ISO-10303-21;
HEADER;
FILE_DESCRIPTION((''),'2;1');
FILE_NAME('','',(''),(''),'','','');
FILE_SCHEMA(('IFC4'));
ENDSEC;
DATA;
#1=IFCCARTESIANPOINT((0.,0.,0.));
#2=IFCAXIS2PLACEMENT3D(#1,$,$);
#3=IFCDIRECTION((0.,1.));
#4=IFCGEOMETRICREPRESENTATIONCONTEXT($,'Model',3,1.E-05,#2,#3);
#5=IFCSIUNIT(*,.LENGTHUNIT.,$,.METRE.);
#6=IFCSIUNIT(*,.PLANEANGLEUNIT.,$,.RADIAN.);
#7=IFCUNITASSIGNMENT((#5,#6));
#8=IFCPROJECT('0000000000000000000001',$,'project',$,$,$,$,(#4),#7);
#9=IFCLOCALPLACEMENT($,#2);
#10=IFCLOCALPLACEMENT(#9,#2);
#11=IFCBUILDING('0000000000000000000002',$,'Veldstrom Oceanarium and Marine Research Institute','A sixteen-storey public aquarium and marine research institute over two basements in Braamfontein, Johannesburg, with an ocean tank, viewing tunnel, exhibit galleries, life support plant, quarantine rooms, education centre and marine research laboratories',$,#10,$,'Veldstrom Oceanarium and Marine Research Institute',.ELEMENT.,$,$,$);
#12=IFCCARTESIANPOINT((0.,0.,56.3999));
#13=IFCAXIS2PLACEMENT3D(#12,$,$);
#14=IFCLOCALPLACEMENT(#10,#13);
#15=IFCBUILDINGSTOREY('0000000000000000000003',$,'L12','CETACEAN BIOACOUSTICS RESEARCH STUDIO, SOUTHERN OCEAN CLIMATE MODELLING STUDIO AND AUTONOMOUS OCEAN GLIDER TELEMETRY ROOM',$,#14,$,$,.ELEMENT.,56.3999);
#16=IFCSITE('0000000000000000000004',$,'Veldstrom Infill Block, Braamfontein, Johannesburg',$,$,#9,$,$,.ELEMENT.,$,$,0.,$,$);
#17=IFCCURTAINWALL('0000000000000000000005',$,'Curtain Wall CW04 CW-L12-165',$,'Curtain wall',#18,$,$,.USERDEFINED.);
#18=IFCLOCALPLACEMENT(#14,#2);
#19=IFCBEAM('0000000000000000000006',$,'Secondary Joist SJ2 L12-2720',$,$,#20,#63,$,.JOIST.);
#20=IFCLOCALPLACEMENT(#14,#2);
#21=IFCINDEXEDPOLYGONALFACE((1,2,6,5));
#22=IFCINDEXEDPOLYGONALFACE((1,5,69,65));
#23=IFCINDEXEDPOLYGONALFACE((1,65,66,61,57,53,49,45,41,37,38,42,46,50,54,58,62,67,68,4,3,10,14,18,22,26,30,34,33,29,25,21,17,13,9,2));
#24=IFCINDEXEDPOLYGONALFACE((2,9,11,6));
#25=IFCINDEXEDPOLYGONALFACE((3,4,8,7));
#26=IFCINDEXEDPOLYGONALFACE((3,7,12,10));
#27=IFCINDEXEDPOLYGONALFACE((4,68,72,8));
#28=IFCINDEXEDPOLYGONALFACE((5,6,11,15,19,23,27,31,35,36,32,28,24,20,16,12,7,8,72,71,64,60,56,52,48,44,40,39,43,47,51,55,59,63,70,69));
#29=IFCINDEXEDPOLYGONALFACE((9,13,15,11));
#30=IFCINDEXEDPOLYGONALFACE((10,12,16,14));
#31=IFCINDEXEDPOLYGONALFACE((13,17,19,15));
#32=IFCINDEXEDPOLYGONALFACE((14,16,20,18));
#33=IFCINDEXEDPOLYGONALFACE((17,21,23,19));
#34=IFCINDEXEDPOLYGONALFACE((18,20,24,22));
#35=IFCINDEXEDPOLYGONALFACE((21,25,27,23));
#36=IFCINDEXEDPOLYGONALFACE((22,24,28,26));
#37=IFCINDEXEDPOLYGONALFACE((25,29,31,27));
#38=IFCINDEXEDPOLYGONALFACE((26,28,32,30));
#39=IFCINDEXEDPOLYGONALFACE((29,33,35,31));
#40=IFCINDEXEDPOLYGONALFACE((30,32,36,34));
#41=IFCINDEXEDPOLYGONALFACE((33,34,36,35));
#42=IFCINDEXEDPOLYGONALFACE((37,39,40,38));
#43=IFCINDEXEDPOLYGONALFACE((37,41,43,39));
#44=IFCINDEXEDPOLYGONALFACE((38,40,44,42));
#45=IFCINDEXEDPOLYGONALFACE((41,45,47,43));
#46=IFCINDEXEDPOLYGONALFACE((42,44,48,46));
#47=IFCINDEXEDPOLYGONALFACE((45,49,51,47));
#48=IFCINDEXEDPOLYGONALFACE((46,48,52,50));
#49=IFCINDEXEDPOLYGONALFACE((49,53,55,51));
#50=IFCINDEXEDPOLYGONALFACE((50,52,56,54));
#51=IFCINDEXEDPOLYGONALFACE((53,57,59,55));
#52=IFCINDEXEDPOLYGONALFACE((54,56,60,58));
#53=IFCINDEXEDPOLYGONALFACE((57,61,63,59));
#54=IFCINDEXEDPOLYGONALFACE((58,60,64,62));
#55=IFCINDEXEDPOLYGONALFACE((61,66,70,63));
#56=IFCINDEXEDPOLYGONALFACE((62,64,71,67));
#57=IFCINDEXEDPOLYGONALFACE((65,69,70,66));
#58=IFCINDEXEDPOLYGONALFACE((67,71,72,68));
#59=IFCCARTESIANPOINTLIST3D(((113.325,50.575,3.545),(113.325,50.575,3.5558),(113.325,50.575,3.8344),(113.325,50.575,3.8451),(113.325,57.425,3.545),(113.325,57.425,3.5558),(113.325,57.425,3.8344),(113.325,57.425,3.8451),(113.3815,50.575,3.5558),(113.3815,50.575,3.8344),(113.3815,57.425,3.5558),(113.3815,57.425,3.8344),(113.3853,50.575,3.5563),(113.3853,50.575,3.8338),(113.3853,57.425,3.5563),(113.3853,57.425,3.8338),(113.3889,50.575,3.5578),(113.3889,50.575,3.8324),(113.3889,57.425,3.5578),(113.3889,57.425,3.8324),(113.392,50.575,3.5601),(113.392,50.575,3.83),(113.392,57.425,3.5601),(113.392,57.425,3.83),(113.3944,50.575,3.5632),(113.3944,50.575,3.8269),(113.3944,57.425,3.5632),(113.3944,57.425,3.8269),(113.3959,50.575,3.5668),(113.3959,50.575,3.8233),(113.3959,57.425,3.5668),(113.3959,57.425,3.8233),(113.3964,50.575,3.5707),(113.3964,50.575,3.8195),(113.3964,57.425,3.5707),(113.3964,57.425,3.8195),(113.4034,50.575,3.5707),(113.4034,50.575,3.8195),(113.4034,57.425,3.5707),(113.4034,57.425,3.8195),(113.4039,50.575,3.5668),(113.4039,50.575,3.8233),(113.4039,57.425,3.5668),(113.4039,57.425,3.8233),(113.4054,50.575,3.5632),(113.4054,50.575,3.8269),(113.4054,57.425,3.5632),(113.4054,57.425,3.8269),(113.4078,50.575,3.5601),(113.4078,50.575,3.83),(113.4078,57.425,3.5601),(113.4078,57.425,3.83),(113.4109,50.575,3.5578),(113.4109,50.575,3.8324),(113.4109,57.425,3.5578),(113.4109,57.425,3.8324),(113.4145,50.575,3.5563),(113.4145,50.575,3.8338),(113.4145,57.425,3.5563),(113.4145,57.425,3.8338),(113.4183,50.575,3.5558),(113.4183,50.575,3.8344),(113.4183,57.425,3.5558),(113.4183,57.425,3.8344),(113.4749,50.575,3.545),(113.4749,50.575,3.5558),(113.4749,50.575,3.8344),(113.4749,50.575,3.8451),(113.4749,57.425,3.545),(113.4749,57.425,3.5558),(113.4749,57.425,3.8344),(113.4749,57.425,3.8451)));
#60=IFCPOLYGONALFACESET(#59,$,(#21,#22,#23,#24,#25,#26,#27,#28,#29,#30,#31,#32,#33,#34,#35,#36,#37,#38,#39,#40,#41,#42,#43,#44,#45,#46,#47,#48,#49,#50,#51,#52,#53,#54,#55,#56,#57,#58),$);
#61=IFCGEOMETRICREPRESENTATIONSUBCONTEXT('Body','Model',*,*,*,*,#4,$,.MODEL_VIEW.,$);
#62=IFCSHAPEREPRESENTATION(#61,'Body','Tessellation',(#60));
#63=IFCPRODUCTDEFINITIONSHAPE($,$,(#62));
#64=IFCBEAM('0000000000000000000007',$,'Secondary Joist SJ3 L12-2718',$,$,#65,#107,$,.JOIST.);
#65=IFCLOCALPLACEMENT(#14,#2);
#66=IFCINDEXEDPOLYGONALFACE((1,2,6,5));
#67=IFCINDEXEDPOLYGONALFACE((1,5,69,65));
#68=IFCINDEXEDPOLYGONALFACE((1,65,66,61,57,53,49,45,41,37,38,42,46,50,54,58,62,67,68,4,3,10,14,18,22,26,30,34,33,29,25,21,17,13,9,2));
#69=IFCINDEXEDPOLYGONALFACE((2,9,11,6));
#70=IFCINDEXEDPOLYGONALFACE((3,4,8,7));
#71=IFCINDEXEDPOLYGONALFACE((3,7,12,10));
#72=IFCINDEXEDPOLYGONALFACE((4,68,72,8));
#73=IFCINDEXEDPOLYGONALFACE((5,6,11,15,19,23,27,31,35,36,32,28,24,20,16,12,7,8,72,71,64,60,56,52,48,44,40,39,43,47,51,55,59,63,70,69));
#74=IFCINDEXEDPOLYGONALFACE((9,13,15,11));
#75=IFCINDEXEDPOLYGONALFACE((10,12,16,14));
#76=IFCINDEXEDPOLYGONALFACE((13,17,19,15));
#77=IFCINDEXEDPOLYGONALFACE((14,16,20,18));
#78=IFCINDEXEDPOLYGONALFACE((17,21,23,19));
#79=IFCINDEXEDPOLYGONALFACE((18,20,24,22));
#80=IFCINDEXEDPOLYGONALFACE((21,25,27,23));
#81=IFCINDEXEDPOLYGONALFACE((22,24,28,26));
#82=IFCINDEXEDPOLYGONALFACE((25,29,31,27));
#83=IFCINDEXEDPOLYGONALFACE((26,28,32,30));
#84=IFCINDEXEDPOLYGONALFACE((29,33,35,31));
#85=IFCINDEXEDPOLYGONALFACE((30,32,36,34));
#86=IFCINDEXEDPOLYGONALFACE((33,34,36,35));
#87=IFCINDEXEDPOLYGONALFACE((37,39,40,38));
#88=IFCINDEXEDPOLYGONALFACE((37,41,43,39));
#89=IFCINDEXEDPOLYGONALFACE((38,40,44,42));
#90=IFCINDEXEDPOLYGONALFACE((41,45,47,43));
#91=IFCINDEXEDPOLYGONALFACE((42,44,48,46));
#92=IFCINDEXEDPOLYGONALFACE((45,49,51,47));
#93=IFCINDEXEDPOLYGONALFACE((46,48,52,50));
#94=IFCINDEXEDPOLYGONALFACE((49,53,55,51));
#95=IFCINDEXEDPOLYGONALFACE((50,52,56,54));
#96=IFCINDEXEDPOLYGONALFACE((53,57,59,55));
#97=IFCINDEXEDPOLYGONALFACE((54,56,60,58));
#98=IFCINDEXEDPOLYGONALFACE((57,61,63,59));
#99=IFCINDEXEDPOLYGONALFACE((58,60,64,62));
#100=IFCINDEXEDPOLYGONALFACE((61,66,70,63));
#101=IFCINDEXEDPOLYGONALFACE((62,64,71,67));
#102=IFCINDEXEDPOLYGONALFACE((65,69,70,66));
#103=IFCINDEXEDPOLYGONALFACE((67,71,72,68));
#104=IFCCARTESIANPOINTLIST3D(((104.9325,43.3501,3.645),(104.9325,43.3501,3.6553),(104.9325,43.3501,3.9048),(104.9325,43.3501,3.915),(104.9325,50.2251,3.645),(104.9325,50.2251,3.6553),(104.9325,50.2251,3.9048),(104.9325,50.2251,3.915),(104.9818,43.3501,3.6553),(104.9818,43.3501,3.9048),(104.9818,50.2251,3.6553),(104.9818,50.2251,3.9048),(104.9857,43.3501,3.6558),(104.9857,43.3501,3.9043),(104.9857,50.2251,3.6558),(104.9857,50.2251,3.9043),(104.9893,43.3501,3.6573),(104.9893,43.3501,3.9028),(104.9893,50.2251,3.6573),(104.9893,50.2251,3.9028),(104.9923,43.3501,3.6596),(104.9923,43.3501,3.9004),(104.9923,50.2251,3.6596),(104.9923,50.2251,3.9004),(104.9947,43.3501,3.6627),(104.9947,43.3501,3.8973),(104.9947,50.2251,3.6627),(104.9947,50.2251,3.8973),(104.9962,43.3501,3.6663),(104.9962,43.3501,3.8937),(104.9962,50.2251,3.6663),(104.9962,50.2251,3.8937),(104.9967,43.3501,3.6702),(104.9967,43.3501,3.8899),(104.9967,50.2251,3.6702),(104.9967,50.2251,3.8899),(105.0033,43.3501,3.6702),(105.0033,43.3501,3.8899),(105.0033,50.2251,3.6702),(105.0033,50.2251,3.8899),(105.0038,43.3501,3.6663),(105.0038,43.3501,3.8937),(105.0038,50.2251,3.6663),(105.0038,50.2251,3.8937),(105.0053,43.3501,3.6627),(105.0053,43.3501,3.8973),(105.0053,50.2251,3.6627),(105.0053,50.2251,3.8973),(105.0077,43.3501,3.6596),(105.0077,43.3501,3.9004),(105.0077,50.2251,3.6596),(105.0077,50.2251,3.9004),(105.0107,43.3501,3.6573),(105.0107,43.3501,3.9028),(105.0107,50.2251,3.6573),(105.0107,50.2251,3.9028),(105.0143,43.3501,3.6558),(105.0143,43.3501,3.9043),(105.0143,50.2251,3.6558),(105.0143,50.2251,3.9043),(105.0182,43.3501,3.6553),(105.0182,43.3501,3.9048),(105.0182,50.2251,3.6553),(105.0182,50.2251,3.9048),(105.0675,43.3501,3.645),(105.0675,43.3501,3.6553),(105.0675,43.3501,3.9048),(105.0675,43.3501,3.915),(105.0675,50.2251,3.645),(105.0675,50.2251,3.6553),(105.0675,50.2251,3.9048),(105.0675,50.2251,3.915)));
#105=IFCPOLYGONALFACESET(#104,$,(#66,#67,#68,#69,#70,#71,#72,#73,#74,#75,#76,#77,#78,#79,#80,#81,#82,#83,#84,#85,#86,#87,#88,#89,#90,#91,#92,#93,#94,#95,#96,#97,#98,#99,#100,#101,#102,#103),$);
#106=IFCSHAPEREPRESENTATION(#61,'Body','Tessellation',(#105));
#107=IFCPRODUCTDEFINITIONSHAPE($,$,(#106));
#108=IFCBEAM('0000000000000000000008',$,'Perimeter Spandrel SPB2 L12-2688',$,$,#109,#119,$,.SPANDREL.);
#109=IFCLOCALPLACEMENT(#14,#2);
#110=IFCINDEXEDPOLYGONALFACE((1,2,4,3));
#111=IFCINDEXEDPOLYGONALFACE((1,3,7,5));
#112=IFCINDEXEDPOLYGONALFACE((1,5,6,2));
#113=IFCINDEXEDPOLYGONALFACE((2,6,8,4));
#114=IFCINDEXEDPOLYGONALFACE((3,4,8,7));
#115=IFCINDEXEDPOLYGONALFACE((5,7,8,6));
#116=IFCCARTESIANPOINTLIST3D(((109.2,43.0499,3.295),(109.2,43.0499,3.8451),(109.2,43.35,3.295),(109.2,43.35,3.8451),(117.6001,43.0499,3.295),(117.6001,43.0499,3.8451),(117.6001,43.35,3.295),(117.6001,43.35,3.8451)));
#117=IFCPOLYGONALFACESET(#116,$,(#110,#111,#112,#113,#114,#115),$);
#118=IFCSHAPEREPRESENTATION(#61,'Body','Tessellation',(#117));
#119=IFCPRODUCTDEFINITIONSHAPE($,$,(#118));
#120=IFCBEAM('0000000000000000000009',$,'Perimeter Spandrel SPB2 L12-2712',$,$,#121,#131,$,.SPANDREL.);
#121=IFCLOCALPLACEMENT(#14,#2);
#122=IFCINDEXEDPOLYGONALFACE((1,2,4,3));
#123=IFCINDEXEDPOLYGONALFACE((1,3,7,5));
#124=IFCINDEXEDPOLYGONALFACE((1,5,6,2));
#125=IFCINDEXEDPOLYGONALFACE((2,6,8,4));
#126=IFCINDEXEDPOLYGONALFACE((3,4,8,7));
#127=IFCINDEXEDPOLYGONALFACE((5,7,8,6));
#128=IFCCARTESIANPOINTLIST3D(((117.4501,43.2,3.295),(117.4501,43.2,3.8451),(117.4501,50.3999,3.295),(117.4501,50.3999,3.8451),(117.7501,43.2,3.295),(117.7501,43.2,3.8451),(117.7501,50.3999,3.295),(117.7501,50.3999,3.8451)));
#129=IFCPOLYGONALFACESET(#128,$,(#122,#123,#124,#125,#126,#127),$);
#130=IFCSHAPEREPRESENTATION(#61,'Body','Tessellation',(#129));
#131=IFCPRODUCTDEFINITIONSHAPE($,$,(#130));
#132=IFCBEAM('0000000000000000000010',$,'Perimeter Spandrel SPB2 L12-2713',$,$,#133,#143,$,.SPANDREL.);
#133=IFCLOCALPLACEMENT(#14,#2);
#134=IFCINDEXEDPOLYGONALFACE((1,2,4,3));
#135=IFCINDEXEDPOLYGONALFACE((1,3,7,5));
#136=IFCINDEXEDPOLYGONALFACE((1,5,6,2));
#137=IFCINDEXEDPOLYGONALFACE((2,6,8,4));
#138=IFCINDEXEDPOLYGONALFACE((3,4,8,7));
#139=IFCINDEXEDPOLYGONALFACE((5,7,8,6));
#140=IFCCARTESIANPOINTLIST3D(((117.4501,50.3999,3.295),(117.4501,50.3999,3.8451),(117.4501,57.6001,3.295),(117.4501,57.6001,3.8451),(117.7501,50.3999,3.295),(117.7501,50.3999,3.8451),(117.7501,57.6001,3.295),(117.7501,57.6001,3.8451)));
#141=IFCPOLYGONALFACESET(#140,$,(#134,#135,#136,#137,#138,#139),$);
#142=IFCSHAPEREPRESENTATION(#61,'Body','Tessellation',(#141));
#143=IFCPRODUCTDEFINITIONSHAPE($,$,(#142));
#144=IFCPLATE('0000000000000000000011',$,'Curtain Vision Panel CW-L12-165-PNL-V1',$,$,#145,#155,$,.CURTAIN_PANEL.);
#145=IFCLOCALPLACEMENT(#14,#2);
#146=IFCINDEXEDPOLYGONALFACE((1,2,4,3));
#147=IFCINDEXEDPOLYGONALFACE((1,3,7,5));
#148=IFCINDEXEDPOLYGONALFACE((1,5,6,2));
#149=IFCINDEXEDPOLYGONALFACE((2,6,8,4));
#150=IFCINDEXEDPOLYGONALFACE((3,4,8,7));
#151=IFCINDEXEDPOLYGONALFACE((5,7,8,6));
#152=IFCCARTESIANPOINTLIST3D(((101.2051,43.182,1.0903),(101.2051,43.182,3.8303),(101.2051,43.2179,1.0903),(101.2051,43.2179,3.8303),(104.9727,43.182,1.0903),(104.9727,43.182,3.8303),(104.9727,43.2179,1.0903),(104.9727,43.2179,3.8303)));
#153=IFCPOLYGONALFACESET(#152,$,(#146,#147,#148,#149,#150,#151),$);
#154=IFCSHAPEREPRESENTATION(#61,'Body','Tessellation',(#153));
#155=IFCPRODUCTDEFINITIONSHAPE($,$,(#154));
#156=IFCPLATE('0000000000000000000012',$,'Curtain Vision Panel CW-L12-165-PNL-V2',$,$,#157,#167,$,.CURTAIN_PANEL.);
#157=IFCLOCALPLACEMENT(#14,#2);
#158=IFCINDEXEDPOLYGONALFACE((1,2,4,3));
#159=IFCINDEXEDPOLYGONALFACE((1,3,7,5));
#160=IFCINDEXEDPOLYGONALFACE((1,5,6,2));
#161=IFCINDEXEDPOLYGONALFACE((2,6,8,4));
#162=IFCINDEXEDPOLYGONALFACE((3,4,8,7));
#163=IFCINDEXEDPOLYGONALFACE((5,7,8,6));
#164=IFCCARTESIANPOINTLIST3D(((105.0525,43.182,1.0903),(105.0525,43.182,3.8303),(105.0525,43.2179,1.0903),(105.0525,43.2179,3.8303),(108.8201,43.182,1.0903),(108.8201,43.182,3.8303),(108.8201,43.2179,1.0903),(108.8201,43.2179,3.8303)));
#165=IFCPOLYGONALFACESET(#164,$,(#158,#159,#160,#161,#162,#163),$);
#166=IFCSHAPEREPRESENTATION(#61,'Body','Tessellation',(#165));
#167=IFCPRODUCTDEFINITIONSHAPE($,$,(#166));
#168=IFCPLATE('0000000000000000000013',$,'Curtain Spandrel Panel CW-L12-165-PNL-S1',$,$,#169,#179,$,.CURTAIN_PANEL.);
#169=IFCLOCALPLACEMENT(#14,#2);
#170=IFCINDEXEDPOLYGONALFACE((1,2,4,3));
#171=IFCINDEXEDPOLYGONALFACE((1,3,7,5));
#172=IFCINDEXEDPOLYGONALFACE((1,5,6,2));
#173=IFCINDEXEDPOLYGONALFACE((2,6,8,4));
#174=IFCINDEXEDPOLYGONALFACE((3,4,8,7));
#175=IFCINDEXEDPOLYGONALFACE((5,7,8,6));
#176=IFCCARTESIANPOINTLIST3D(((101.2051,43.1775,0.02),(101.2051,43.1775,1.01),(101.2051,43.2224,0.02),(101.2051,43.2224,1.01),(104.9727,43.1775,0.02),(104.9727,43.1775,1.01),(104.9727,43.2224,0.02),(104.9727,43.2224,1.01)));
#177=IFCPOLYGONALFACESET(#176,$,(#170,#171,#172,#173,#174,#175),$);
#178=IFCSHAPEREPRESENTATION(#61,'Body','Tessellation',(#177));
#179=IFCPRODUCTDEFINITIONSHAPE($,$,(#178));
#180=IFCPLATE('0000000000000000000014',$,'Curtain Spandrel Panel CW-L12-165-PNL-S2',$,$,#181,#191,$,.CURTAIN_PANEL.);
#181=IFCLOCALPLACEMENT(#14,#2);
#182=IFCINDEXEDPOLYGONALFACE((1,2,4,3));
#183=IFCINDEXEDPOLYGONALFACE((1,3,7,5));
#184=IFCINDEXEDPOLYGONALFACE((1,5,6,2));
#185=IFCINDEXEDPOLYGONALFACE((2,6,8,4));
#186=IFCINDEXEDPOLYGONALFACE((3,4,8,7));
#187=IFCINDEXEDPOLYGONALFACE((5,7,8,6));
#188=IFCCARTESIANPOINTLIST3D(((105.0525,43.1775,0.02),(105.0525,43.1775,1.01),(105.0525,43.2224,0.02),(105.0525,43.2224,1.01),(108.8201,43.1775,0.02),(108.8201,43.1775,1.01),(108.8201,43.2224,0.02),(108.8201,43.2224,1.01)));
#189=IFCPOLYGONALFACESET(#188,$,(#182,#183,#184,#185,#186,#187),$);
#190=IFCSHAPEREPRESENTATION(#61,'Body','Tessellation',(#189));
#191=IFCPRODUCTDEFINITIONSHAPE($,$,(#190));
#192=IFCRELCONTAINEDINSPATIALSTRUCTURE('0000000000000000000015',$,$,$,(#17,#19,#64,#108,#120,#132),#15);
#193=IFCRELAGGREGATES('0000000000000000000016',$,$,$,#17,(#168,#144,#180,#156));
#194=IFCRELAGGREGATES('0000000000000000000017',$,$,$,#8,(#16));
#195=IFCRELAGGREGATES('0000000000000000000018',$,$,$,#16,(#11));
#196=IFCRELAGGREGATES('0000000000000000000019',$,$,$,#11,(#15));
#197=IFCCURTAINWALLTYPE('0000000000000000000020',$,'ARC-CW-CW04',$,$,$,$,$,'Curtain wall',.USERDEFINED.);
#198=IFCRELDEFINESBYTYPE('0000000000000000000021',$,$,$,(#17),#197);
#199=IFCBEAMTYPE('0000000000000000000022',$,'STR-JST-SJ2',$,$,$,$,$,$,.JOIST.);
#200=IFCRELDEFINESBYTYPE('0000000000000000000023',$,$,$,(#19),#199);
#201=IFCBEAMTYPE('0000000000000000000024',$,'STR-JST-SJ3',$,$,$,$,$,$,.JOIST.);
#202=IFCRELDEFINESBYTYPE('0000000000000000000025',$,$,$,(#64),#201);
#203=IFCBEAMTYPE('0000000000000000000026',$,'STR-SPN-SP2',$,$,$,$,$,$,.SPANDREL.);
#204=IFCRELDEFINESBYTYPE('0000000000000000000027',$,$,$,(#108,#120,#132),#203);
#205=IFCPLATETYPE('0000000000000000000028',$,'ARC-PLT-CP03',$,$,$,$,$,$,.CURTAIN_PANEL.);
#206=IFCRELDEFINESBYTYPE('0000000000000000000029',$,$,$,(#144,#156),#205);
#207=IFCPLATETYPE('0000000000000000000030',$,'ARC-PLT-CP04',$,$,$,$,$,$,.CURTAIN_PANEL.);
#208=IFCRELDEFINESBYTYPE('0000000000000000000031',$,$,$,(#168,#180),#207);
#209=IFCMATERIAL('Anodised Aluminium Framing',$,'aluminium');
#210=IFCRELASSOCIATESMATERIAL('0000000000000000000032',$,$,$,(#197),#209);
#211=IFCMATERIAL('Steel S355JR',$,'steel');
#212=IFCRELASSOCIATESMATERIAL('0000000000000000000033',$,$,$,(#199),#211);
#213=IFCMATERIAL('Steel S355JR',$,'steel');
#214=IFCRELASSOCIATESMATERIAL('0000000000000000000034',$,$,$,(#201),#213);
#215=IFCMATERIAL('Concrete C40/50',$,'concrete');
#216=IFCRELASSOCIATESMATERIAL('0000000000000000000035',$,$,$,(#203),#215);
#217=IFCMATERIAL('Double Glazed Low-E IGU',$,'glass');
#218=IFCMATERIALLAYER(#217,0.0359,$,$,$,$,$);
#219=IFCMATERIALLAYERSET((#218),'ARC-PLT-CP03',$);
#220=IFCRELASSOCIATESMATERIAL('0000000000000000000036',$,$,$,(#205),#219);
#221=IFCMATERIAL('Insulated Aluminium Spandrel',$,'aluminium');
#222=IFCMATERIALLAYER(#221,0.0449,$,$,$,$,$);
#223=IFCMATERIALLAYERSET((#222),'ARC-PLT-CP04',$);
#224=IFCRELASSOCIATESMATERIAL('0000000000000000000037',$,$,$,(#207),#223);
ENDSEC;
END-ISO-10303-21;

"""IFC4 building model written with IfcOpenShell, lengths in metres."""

from ifc_helpers import new_model, si_unit, direction, frame, origin, origin_2d, place, context, subcontext, project, spatial, rectangle, i_section, extrude, material, layer, layer_set, material_profile, profile_set, type_object, element, aggregate, save


model = new_model("IFC4")

# Units and contexts
model_context = context("Model", 3, precision=1e-05, world=origin(), true_north=direction((0.0, 1.0)))
body_context = subcontext(model_context, "Body", "Model", "MODEL_VIEW")
ifc_project = project(units=[si_unit("LENGTHUNIT", "METRE"), si_unit("PLANEANGLEUNIT", "RADIAN")], contexts=[model_context])

# Site, building, storey
site_placement = place(None, origin())
site = spatial("IfcSite", under=ifc_project, at=site_placement, Name="Veldstrom Infill Block, Braamfontein, Johannesburg", CompositionType="ELEMENT", RefElevation=0.0)
building_placement = place(site_placement, origin())
building = spatial("IfcBuilding", under=site, at=building_placement, Name="Veldstrom Oceanarium and Marine Research Institute", Description="A sixteen-storey public aquarium and marine research institute over two basements in Braamfontein, Johannesburg, with an ocean tank, viewing tunnel, exhibit galleries, life support plant, quarantine rooms, education centre and marine research laboratories", LongName="Veldstrom Oceanarium and Marine Research Institute", CompositionType="ELEMENT")
storey_placement = place(building_placement, frame((0.0, 0.0, 56.3999)))
storey = spatial("IfcBuildingStorey", under=building, at=storey_placement, Name="L12", Description="CETACEAN BIOACOUSTICS RESEARCH STUDIO, SOUTHERN OCEAN CLIMATE MODELLING STUDIO AND AUTONOMOUS OCEAN GLIDER TELEMETRY ROOM", CompositionType="ELEMENT", Elevation=56.3999)

# Curtain wall
ifc_material_1 = material(Name="Anodised Aluminium Framing", Category="aluminium")
curtain_wall_type = type_object("IfcCurtainWallType", Name="ARC-CW-CW04", ElementType="Curtain wall", PredefinedType="USERDEFINED", material=ifc_material_1)
curtain_wall_placement = place(storey_placement, origin())
curtain_wall = element("IfcCurtainWall", 1, at=curtain_wall_placement, inside=storey, type_object=curtain_wall_type, Name="Curtain Wall CW04 CW-L12-165", ObjectType="Curtain wall", PredefinedType="USERDEFINED")

# Beams
ifc_material_2 = material(Name="Steel S355JR", Category="steel")
ifc_material_profile_1 = material_profile(ifc_material_2, i_section(OverallWidth=0.1499, OverallDepth=0.3, WebThickness=0.0071, FlangeThickness=0.0107, FilletRadius=0.0149, at=origin_2d()), Name="IPE 300")
ifc_profile_set_1 = profile_set([ifc_material_profile_1], Name="Steel S355JR")
beam_type_1 = type_object("IfcBeamType", Name="STR-JST-SJ2", PredefinedType="JOIST", material=ifc_profile_set_1)
beam_1_placement = place(storey_placement, frame((113.3999, 50.575, 3.6951), z_axis=(0.0, 1.0, 0.0), x_axis=(-1.0, 0.0, 0.0)))
element("IfcBeam", 2, at=beam_1_placement, inside=storey, type_object=beam_type_1, Name="Secondary Joist SJ2 L12-2720", PredefinedType="JOIST", context=body_context, shape_type="SweptSolid", body=[
    extrude(i_section(OverallWidth=0.1499, OverallDepth=0.3, WebThickness=0.0071, FlangeThickness=0.0107, FilletRadius=0.0149, at=origin_2d()), origin(), (0.0, 0.0, 1.0), 6.8501),
])
ifc_material_3 = material(Name="Steel S355JR", Category="steel")
ifc_material_profile_2 = material_profile(ifc_material_3, i_section(OverallWidth=0.135, OverallDepth=0.27, WebThickness=0.0066, FlangeThickness=0.0103, FilletRadius=0.0149, at=origin_2d()), Name="IPE 270")
ifc_profile_set_2 = profile_set([ifc_material_profile_2], Name="Steel S355JR")
beam_type_2 = type_object("IfcBeamType", Name="STR-JST-SJ3", PredefinedType="JOIST", material=ifc_profile_set_2)
beam_2_placement = place(storey_placement, frame((105.0, 43.3501, 3.78), z_axis=(0.0, 1.0, 0.0), x_axis=(-1.0, 0.0, 0.0)))
element("IfcBeam", 3, at=beam_2_placement, inside=storey, type_object=beam_type_2, Name="Secondary Joist SJ3 L12-2718", PredefinedType="JOIST", context=body_context, shape_type="SweptSolid", body=[
    extrude(i_section(OverallWidth=0.135, OverallDepth=0.27, WebThickness=0.0066, FlangeThickness=0.0103, FilletRadius=0.0149, at=origin_2d()), origin(), (0.0, 0.0, 1.0), 6.875),
])
ifc_material_4 = material(Name="Concrete C40/50", Category="concrete")
ifc_material_profile_3 = material_profile(ifc_material_4, rectangle(XDim=0.3, YDim=0.55, at=origin_2d()), Name="RC-SPN-300x550")
ifc_profile_set_3 = profile_set([ifc_material_profile_3], Name="Concrete C40/50")
beam_type_3 = type_object("IfcBeamType", Name="STR-SPN-SP2", PredefinedType="SPANDREL", material=ifc_profile_set_3)
beam_3_placement = place(storey_placement, frame((109.2, 43.2, 3.5701), z_axis=(1.0, 0.0, 0.0), x_axis=(0.0, 1.0, 0.0)))
element("IfcBeam", 4, at=beam_3_placement, inside=storey, type_object=beam_type_3, Name="Perimeter Spandrel SPB2 L12-2688", PredefinedType="SPANDREL", context=body_context, shape_type="SweptSolid", body=[
    extrude(rectangle(XDim=0.3, YDim=0.55, at=origin_2d()), origin(), (0.0, 0.0, 1.0), 8.4001),
])
beam_4_placement = place(storey_placement, frame((117.6001, 43.2, 3.5701), z_axis=(0.0, 1.0, 0.0), x_axis=(-1.0, 0.0, 0.0)))
element("IfcBeam", 5, at=beam_4_placement, inside=storey, type_object=beam_type_3, Name="Perimeter Spandrel SPB2 L12-2712", PredefinedType="SPANDREL", context=body_context, shape_type="SweptSolid", body=[
    extrude(rectangle(XDim=0.3, YDim=0.55, at=origin_2d()), origin(), (0.0, 0.0, 1.0), 7.2),
])
beam_5_placement = place(storey_placement, frame((117.6001, 50.3999, 3.5701), z_axis=(0.0, 1.0, 0.0), x_axis=(-1.0, 0.0, 0.0)))
element("IfcBeam", 6, at=beam_5_placement, inside=storey, type_object=beam_type_3, Name="Perimeter Spandrel SPB2 L12-2713", PredefinedType="SPANDREL", context=body_context, shape_type="SweptSolid", body=[
    extrude(rectangle(XDim=0.3, YDim=0.55, at=origin_2d()), origin(), (0.0, 0.0, 1.0), 7.2002),
])

# Plates
ifc_material_5 = material(Name="Double Glazed Low-E IGU", Category="glass")
ifc_layer_1 = layer(ifc_material_5, 0.0359)
ifc_layer_set_1 = layer_set([ifc_layer_1], Name="ARC-PLT-CP03")
plate_type_1 = type_object("IfcPlateType", Name="ARC-PLT-CP03", PredefinedType="CURTAIN_PANEL", material=ifc_layer_set_1)
plate_1_placement = place(storey_placement, frame((103.0889, 43.2, 1.0903), z_axis=(0.0, 0.0, 1.0), x_axis=(1.0, 0.0, 0.0)))
plate_1 = element("IfcPlate", 7, at=plate_1_placement, type_object=plate_type_1, Name="Curtain Vision Panel CW-L12-165-PNL-V1", PredefinedType="CURTAIN_PANEL", context=body_context, shape_type="SweptSolid", body=[
    extrude(rectangle(XDim=3.7676, YDim=0.0359, at=origin_2d()), origin(), (0.0, 0.0, 1.0), 2.74),
])
plate_2_placement = place(storey_placement, frame((106.9363, 43.2, 1.0903), z_axis=(0.0, 0.0, 1.0), x_axis=(1.0, 0.0, 0.0)))
plate_2 = element("IfcPlate", 8, at=plate_2_placement, type_object=plate_type_1, Name="Curtain Vision Panel CW-L12-165-PNL-V2", PredefinedType="CURTAIN_PANEL", context=body_context, shape_type="SweptSolid", body=[
    extrude(rectangle(XDim=3.7676, YDim=0.0359, at=origin_2d()), origin(), (0.0, 0.0, 1.0), 2.74),
])
ifc_material_6 = material(Name="Insulated Aluminium Spandrel", Category="aluminium")
ifc_layer_2 = layer(ifc_material_6, 0.0449)
ifc_layer_set_2 = layer_set([ifc_layer_2], Name="ARC-PLT-CP04")
plate_type_2 = type_object("IfcPlateType", Name="ARC-PLT-CP04", PredefinedType="CURTAIN_PANEL", material=ifc_layer_set_2)
plate_3_placement = place(storey_placement, frame((103.0889, 43.2, 0.02), z_axis=(0.0, 0.0, 1.0), x_axis=(1.0, 0.0, 0.0)))
plate_3 = element("IfcPlate", 9, at=plate_3_placement, type_object=plate_type_2, Name="Curtain Spandrel Panel CW-L12-165-PNL-S1", PredefinedType="CURTAIN_PANEL", context=body_context, shape_type="SweptSolid", body=[
    extrude(rectangle(XDim=3.7676, YDim=0.0449, at=origin_2d()), origin(), (0.0, 0.0, 1.0), 0.99),
])
plate_4_placement = place(storey_placement, frame((106.9363, 43.2, 0.02), z_axis=(0.0, 0.0, 1.0), x_axis=(1.0, 0.0, 0.0)))
plate_4 = element("IfcPlate", 10, at=plate_4_placement, type_object=plate_type_2, Name="Curtain Spandrel Panel CW-L12-165-PNL-S2", PredefinedType="CURTAIN_PANEL", context=body_context, shape_type="SweptSolid", body=[
    extrude(rectangle(XDim=3.7676, YDim=0.0449, at=origin_2d()), origin(), (0.0, 0.0, 1.0), 0.99),
])
aggregate(curtain_wall, [plate_3, plate_1, plate_4, plate_2])

save(model, "model.ifc")
